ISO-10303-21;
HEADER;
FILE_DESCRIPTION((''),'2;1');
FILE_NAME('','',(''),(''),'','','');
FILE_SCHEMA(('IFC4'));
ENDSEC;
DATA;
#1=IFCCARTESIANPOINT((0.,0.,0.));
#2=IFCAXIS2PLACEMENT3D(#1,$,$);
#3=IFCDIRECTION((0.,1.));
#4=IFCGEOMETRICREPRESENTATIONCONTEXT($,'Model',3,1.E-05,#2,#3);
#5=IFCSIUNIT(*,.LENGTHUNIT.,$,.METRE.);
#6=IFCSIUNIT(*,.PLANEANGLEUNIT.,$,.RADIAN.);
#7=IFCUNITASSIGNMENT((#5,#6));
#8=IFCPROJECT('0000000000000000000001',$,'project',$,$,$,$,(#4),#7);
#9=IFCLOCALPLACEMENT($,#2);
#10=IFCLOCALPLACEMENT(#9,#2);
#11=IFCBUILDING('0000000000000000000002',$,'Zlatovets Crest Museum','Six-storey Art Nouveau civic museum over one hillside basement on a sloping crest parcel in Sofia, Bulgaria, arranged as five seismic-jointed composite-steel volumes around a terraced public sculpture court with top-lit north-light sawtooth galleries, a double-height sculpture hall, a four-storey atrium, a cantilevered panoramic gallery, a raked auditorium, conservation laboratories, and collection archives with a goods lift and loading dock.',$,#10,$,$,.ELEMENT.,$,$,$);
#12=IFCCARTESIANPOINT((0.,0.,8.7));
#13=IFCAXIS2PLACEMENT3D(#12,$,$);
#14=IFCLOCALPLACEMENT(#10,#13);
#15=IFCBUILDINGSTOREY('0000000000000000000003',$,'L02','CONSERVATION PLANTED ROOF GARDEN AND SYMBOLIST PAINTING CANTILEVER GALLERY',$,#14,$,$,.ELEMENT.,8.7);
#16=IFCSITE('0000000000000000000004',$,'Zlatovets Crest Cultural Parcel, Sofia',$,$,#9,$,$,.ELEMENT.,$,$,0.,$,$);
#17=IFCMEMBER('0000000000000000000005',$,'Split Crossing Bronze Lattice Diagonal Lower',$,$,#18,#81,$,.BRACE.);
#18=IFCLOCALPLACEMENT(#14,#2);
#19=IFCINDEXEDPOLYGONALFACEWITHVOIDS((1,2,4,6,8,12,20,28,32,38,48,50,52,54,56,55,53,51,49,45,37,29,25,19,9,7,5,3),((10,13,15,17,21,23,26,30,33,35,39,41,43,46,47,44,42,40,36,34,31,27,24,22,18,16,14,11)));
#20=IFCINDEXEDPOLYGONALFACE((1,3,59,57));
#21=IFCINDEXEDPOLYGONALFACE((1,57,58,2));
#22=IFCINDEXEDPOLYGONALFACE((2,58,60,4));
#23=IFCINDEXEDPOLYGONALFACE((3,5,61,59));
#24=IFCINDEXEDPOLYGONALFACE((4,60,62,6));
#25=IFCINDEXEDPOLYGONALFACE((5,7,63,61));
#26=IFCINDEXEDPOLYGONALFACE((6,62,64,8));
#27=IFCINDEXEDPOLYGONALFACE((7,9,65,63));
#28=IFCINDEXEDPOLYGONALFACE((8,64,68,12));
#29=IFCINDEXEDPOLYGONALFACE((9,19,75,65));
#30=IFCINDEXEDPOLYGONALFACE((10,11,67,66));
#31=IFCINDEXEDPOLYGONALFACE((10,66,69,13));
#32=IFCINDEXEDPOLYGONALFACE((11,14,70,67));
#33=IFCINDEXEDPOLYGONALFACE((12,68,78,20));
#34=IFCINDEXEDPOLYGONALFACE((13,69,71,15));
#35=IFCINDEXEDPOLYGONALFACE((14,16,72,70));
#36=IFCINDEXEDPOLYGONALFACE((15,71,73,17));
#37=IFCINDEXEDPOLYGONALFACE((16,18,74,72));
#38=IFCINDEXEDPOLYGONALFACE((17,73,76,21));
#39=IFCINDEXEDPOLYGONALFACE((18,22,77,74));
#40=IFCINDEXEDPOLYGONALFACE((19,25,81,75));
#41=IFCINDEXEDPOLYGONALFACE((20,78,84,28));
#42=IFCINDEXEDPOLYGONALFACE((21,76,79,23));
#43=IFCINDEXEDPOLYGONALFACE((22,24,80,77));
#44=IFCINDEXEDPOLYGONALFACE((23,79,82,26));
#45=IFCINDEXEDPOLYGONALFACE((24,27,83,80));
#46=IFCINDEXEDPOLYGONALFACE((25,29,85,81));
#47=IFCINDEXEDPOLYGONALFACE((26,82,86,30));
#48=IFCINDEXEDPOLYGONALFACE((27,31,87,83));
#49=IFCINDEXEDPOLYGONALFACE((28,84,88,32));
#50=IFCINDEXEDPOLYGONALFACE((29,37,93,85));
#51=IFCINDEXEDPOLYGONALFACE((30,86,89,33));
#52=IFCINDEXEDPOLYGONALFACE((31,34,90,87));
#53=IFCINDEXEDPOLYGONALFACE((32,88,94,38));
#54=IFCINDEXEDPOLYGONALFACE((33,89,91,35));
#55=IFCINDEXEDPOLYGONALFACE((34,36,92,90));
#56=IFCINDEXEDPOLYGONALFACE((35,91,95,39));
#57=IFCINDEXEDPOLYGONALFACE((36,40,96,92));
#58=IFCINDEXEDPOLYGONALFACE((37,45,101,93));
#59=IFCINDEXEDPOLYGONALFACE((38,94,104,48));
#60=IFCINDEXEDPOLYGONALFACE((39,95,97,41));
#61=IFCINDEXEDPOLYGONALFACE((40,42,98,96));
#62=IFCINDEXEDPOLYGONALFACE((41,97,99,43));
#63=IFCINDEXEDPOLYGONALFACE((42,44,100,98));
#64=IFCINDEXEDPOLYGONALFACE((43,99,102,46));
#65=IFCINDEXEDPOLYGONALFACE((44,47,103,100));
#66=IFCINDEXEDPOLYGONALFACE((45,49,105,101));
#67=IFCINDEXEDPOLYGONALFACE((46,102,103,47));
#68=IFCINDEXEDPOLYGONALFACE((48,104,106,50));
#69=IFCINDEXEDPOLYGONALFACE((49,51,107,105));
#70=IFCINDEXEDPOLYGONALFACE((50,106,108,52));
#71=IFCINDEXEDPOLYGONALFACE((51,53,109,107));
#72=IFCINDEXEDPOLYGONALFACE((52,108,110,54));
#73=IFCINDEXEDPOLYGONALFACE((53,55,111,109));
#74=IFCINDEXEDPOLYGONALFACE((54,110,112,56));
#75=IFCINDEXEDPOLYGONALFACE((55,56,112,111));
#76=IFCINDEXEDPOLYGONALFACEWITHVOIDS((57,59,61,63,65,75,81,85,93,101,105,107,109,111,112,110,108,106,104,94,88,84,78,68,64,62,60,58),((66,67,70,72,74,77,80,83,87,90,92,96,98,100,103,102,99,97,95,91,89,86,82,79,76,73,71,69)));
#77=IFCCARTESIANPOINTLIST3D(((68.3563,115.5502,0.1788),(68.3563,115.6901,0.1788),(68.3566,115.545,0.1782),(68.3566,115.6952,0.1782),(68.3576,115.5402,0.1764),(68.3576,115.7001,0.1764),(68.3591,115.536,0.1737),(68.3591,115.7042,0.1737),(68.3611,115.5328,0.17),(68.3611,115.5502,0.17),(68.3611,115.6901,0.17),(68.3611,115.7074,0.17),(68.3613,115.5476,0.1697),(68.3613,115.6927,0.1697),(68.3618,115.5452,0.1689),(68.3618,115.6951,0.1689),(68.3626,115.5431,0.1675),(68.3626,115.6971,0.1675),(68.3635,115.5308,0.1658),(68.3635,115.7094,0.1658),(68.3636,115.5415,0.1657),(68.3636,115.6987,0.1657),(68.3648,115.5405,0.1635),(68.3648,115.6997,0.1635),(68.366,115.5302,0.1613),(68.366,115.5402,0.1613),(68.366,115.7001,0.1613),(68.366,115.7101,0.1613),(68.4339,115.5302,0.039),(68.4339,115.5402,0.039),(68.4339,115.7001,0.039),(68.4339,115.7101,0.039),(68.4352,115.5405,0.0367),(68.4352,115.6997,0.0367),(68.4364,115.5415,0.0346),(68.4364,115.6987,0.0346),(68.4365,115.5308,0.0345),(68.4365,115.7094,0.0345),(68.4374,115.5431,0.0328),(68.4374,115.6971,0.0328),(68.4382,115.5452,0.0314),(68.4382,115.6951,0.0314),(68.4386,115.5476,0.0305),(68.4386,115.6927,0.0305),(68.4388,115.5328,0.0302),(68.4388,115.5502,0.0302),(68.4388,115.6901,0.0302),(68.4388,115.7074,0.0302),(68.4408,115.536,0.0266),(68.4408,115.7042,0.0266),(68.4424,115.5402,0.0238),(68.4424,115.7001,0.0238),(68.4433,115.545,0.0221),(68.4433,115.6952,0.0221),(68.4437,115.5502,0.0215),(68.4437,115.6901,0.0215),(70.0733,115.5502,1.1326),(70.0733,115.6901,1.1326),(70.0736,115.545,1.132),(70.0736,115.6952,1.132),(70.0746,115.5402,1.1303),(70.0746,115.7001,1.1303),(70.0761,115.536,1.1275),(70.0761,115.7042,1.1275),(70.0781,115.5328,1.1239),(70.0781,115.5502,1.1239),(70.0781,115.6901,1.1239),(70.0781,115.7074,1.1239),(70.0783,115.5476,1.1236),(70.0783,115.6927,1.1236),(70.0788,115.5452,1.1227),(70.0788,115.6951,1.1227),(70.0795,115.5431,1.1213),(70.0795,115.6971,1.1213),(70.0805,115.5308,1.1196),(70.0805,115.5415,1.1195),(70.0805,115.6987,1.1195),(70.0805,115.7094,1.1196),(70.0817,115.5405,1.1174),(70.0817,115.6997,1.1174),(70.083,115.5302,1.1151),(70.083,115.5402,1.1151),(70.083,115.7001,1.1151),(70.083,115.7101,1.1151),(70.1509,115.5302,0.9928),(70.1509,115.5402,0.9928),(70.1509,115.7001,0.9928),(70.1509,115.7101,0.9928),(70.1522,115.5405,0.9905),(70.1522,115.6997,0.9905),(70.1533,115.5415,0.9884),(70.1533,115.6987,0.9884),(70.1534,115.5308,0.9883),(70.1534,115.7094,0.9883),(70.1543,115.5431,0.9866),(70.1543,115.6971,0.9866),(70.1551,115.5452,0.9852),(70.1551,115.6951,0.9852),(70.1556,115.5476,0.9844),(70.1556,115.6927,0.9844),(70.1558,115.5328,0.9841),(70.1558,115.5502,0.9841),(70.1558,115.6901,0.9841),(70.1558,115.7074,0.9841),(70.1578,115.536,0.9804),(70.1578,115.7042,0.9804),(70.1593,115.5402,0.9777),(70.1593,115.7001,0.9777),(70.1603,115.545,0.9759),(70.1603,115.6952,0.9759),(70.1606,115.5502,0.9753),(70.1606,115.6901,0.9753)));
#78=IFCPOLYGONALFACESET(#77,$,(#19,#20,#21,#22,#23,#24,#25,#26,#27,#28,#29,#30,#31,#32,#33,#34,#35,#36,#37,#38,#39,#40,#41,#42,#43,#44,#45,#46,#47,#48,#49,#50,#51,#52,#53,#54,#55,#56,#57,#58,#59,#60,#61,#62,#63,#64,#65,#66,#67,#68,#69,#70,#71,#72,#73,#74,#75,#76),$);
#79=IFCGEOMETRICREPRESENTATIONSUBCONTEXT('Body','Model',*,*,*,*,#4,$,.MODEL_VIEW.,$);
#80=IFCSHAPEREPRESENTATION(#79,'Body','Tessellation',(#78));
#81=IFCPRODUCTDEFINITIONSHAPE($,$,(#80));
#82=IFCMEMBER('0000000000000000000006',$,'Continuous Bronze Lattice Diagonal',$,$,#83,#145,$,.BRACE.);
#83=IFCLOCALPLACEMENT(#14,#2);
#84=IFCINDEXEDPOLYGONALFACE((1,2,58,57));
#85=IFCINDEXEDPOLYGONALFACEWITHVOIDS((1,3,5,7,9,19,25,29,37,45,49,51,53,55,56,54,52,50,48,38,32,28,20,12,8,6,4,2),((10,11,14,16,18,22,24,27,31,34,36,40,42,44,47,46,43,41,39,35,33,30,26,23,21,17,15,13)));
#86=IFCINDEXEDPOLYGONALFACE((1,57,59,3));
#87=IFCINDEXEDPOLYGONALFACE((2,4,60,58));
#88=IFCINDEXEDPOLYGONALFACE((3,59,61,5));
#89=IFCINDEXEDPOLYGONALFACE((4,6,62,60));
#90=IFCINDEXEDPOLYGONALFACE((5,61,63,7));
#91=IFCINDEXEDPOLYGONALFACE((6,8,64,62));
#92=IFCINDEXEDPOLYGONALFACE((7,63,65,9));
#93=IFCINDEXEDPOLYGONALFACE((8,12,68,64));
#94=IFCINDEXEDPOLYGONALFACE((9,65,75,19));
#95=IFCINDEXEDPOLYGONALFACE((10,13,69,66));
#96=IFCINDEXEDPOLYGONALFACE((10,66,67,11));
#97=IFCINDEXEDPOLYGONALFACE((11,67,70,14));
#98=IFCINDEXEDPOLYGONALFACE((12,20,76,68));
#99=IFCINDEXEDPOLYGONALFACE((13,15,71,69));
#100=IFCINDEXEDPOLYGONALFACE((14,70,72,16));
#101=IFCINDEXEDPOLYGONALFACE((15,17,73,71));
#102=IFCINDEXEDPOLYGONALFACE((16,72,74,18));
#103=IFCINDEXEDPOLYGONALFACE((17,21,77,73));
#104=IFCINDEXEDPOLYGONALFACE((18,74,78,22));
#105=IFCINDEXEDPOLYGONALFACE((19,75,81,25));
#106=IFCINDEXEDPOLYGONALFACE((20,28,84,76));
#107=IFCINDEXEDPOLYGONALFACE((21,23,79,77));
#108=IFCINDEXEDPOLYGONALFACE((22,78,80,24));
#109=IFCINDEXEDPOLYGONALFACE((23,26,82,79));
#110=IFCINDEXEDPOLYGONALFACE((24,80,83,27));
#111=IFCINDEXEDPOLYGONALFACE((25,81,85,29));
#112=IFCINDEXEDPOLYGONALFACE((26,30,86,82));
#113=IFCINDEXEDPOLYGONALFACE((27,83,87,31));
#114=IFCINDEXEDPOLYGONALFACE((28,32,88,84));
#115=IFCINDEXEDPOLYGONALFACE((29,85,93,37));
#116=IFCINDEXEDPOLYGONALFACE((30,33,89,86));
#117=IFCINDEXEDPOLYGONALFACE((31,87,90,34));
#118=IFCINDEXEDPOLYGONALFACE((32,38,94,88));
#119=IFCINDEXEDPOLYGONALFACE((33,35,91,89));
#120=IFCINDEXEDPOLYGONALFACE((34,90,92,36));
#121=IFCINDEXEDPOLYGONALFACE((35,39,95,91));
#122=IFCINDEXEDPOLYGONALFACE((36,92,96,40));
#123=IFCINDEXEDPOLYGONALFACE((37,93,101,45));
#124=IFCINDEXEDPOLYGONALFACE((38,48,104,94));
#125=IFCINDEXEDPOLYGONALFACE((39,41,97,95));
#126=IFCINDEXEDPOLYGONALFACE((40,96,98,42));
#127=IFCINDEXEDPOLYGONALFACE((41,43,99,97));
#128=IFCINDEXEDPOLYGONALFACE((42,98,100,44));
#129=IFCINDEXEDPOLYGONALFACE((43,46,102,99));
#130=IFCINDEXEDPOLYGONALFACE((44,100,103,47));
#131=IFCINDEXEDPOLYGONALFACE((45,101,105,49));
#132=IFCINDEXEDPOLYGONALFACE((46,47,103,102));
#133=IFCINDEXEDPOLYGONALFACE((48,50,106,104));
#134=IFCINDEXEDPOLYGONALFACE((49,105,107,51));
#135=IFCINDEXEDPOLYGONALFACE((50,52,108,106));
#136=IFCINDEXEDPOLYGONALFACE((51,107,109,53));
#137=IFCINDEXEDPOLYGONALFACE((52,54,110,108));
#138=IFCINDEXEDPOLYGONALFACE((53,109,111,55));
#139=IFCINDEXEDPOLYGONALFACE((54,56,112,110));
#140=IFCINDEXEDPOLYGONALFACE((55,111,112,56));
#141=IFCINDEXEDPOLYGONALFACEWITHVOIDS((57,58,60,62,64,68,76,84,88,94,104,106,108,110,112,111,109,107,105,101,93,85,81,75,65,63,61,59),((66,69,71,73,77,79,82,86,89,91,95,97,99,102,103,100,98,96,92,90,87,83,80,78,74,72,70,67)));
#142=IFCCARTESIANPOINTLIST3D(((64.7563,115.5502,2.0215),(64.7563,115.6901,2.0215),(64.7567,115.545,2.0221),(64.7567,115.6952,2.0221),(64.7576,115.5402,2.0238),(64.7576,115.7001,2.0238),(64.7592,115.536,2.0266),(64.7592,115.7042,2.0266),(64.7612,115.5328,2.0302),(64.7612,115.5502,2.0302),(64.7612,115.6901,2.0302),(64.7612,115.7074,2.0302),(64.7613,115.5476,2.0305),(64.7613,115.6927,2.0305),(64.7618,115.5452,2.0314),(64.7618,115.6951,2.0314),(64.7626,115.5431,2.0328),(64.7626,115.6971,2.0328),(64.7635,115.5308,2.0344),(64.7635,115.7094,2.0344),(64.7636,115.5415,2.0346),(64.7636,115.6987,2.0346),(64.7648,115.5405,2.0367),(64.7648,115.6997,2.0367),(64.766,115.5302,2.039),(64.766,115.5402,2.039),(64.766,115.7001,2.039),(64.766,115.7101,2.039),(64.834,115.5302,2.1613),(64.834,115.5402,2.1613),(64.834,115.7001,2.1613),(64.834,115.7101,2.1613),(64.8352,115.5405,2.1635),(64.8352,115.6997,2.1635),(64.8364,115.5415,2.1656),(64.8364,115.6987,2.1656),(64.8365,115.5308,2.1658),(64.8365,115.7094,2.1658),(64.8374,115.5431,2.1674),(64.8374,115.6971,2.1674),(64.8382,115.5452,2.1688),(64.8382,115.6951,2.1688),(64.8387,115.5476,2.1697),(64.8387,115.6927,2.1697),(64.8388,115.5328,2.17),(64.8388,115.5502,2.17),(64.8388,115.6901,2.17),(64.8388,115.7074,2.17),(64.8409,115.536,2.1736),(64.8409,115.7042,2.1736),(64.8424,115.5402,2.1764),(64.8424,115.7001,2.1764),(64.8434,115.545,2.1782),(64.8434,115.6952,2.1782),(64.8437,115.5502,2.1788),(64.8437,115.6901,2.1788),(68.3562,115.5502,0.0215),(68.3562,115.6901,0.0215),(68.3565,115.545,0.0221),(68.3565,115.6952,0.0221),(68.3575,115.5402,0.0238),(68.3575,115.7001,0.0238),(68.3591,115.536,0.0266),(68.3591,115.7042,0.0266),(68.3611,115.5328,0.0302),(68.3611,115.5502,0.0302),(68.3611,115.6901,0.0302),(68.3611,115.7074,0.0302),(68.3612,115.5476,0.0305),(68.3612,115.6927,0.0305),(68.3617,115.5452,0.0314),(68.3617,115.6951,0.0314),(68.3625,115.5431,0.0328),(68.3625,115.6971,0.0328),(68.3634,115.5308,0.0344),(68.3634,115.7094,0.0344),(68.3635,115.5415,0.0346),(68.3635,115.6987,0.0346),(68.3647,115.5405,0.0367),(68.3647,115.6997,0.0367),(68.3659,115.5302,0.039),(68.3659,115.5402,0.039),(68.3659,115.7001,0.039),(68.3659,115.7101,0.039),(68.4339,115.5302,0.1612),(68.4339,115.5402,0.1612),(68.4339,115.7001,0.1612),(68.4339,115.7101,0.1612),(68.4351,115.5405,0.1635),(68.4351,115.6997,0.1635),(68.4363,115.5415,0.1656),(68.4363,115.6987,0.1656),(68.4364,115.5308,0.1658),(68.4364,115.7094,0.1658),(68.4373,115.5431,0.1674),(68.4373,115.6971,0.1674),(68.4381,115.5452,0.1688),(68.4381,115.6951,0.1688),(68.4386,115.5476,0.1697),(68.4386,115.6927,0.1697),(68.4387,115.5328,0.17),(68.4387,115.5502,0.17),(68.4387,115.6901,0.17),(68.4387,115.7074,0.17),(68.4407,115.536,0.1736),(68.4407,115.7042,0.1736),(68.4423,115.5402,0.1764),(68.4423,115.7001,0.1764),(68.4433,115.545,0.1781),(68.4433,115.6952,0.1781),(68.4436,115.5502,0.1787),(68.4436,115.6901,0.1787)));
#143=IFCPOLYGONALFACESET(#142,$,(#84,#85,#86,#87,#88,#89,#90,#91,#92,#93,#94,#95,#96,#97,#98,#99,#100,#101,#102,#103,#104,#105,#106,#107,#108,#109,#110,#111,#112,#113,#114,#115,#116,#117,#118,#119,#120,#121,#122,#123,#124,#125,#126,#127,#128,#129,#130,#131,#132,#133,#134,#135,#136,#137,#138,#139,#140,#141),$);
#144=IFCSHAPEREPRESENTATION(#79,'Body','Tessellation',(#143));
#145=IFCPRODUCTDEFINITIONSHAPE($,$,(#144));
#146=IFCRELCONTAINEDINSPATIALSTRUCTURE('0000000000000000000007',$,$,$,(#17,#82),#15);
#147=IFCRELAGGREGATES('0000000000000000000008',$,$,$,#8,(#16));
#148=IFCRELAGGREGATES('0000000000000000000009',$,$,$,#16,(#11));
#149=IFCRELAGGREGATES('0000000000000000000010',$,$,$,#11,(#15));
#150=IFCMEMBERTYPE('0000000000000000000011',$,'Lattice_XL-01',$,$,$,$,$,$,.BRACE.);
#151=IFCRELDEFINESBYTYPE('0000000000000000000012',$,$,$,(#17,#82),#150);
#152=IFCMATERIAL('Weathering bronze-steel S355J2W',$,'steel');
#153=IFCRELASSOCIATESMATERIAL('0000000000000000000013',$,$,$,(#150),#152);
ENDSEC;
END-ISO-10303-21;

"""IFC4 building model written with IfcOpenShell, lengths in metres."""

from ifc_helpers import new_model, si_unit, direction, frame, origin, origin_2d, place, context, subcontext, project, spatial, hollow_rectangle, extrude, material, material_profile, profile_set, type_object, element, save


model = new_model("IFC4")

# Units and contexts
model_context = context("Model", 3, precision=1e-05, world=origin(), true_north=direction((0.0, 1.0)))
body_context = subcontext(model_context, "Body", "Model", "MODEL_VIEW")
ifc_project = project(units=[si_unit("LENGTHUNIT", "METRE"), si_unit("PLANEANGLEUNIT", "RADIAN")], contexts=[model_context])

# Site, building, storey
site_placement = place(None, origin())
site = spatial("IfcSite", under=ifc_project, at=site_placement, Name="Zlatovets Crest Cultural Parcel, Sofia", CompositionType="ELEMENT", RefElevation=0.0)
building_placement = place(site_placement, origin())
building = spatial("IfcBuilding", under=site, at=building_placement, Name="Zlatovets Crest Museum", Description="Six-storey Art Nouveau civic museum over one hillside basement on a sloping crest parcel in Sofia, Bulgaria, arranged as five seismic-jointed composite-steel volumes around a terraced public sculpture court with top-lit north-light sawtooth galleries, a double-height sculpture hall, a four-storey atrium, a cantilevered panoramic gallery, a raked auditorium, conservation laboratories, and collection archives with a goods lift and loading dock.", CompositionType="ELEMENT")
storey_placement = place(building_placement, frame((0.0, 0.0, 8.7)))
storey = spatial("IfcBuildingStorey", under=building, at=storey_placement, Name="L02", Description="CONSERVATION PLANTED ROOF GARDEN AND SYMBOLIST PAINTING CANTILEVER GALLERY", CompositionType="ELEMENT", Elevation=8.7)

# Members
ifc_material_1 = material(Name="Weathering bronze-steel S355J2W", Category="steel")
ifc_material_profile_1 = material_profile(ifc_material_1, hollow_rectangle(XDim=0.1799, YDim=0.1799, WallThickness=0.01, InnerFilletRadius=0.01, OuterFilletRadius=0.02, at=origin_2d()), Name="SHS 180x180x10.0")
ifc_profile_set_1 = profile_set([ifc_material_profile_1], Name="Weathering bronze-steel S355J2W")
member_type_1 = type_object("IfcMemberType", Name="Lattice_XL-01", PredefinedType="BRACE", material=ifc_profile_set_1)
for number, where, z_axis, x_axis, name in (
    (1, (70.1169, 115.6201, 1.054), (-0.874169, 0.0, -0.485622), (0.0, -1.0, 0.0), "Split Crossing Bronze Lattice Diagonal Lower"),
):
    element("IfcMember", number, at=place(storey_placement, frame(where, z_axis=z_axis, x_axis=x_axis)), inside=storey, type_object=member_type_1, Name=name, PredefinedType="BRACE", context=body_context, shape_type="SweptSolid", body=[
        extrude(hollow_rectangle(XDim=0.1799, YDim=0.1799, WallThickness=0.01, InnerFilletRadius=0.01, OuterFilletRadius=0.02, at=origin_2d()), origin(), (0.0, 0.0, 1.0), 1.9641),
    ])
member_1_placement = place(storey_placement, frame((68.3999, 115.6201, 0.1001), z_axis=(-0.874149, 0.0, 0.485658), x_axis=(0.0, -1.0, 0.0)))
element("IfcMember", 2, at=member_1_placement, inside=storey, type_object=member_type_1, Name="Continuous Bronze Lattice Diagonal", PredefinedType="BRACE", context=body_context, shape_type="SweptSolid", body=[
    extrude(hollow_rectangle(XDim=0.1799, YDim=0.1799, WallThickness=0.01, InnerFilletRadius=0.01, OuterFilletRadius=0.02, at=origin_2d()), origin(), (0.0, 0.0, 1.0), 4.1182),
])

save(model, "model.ifc")
